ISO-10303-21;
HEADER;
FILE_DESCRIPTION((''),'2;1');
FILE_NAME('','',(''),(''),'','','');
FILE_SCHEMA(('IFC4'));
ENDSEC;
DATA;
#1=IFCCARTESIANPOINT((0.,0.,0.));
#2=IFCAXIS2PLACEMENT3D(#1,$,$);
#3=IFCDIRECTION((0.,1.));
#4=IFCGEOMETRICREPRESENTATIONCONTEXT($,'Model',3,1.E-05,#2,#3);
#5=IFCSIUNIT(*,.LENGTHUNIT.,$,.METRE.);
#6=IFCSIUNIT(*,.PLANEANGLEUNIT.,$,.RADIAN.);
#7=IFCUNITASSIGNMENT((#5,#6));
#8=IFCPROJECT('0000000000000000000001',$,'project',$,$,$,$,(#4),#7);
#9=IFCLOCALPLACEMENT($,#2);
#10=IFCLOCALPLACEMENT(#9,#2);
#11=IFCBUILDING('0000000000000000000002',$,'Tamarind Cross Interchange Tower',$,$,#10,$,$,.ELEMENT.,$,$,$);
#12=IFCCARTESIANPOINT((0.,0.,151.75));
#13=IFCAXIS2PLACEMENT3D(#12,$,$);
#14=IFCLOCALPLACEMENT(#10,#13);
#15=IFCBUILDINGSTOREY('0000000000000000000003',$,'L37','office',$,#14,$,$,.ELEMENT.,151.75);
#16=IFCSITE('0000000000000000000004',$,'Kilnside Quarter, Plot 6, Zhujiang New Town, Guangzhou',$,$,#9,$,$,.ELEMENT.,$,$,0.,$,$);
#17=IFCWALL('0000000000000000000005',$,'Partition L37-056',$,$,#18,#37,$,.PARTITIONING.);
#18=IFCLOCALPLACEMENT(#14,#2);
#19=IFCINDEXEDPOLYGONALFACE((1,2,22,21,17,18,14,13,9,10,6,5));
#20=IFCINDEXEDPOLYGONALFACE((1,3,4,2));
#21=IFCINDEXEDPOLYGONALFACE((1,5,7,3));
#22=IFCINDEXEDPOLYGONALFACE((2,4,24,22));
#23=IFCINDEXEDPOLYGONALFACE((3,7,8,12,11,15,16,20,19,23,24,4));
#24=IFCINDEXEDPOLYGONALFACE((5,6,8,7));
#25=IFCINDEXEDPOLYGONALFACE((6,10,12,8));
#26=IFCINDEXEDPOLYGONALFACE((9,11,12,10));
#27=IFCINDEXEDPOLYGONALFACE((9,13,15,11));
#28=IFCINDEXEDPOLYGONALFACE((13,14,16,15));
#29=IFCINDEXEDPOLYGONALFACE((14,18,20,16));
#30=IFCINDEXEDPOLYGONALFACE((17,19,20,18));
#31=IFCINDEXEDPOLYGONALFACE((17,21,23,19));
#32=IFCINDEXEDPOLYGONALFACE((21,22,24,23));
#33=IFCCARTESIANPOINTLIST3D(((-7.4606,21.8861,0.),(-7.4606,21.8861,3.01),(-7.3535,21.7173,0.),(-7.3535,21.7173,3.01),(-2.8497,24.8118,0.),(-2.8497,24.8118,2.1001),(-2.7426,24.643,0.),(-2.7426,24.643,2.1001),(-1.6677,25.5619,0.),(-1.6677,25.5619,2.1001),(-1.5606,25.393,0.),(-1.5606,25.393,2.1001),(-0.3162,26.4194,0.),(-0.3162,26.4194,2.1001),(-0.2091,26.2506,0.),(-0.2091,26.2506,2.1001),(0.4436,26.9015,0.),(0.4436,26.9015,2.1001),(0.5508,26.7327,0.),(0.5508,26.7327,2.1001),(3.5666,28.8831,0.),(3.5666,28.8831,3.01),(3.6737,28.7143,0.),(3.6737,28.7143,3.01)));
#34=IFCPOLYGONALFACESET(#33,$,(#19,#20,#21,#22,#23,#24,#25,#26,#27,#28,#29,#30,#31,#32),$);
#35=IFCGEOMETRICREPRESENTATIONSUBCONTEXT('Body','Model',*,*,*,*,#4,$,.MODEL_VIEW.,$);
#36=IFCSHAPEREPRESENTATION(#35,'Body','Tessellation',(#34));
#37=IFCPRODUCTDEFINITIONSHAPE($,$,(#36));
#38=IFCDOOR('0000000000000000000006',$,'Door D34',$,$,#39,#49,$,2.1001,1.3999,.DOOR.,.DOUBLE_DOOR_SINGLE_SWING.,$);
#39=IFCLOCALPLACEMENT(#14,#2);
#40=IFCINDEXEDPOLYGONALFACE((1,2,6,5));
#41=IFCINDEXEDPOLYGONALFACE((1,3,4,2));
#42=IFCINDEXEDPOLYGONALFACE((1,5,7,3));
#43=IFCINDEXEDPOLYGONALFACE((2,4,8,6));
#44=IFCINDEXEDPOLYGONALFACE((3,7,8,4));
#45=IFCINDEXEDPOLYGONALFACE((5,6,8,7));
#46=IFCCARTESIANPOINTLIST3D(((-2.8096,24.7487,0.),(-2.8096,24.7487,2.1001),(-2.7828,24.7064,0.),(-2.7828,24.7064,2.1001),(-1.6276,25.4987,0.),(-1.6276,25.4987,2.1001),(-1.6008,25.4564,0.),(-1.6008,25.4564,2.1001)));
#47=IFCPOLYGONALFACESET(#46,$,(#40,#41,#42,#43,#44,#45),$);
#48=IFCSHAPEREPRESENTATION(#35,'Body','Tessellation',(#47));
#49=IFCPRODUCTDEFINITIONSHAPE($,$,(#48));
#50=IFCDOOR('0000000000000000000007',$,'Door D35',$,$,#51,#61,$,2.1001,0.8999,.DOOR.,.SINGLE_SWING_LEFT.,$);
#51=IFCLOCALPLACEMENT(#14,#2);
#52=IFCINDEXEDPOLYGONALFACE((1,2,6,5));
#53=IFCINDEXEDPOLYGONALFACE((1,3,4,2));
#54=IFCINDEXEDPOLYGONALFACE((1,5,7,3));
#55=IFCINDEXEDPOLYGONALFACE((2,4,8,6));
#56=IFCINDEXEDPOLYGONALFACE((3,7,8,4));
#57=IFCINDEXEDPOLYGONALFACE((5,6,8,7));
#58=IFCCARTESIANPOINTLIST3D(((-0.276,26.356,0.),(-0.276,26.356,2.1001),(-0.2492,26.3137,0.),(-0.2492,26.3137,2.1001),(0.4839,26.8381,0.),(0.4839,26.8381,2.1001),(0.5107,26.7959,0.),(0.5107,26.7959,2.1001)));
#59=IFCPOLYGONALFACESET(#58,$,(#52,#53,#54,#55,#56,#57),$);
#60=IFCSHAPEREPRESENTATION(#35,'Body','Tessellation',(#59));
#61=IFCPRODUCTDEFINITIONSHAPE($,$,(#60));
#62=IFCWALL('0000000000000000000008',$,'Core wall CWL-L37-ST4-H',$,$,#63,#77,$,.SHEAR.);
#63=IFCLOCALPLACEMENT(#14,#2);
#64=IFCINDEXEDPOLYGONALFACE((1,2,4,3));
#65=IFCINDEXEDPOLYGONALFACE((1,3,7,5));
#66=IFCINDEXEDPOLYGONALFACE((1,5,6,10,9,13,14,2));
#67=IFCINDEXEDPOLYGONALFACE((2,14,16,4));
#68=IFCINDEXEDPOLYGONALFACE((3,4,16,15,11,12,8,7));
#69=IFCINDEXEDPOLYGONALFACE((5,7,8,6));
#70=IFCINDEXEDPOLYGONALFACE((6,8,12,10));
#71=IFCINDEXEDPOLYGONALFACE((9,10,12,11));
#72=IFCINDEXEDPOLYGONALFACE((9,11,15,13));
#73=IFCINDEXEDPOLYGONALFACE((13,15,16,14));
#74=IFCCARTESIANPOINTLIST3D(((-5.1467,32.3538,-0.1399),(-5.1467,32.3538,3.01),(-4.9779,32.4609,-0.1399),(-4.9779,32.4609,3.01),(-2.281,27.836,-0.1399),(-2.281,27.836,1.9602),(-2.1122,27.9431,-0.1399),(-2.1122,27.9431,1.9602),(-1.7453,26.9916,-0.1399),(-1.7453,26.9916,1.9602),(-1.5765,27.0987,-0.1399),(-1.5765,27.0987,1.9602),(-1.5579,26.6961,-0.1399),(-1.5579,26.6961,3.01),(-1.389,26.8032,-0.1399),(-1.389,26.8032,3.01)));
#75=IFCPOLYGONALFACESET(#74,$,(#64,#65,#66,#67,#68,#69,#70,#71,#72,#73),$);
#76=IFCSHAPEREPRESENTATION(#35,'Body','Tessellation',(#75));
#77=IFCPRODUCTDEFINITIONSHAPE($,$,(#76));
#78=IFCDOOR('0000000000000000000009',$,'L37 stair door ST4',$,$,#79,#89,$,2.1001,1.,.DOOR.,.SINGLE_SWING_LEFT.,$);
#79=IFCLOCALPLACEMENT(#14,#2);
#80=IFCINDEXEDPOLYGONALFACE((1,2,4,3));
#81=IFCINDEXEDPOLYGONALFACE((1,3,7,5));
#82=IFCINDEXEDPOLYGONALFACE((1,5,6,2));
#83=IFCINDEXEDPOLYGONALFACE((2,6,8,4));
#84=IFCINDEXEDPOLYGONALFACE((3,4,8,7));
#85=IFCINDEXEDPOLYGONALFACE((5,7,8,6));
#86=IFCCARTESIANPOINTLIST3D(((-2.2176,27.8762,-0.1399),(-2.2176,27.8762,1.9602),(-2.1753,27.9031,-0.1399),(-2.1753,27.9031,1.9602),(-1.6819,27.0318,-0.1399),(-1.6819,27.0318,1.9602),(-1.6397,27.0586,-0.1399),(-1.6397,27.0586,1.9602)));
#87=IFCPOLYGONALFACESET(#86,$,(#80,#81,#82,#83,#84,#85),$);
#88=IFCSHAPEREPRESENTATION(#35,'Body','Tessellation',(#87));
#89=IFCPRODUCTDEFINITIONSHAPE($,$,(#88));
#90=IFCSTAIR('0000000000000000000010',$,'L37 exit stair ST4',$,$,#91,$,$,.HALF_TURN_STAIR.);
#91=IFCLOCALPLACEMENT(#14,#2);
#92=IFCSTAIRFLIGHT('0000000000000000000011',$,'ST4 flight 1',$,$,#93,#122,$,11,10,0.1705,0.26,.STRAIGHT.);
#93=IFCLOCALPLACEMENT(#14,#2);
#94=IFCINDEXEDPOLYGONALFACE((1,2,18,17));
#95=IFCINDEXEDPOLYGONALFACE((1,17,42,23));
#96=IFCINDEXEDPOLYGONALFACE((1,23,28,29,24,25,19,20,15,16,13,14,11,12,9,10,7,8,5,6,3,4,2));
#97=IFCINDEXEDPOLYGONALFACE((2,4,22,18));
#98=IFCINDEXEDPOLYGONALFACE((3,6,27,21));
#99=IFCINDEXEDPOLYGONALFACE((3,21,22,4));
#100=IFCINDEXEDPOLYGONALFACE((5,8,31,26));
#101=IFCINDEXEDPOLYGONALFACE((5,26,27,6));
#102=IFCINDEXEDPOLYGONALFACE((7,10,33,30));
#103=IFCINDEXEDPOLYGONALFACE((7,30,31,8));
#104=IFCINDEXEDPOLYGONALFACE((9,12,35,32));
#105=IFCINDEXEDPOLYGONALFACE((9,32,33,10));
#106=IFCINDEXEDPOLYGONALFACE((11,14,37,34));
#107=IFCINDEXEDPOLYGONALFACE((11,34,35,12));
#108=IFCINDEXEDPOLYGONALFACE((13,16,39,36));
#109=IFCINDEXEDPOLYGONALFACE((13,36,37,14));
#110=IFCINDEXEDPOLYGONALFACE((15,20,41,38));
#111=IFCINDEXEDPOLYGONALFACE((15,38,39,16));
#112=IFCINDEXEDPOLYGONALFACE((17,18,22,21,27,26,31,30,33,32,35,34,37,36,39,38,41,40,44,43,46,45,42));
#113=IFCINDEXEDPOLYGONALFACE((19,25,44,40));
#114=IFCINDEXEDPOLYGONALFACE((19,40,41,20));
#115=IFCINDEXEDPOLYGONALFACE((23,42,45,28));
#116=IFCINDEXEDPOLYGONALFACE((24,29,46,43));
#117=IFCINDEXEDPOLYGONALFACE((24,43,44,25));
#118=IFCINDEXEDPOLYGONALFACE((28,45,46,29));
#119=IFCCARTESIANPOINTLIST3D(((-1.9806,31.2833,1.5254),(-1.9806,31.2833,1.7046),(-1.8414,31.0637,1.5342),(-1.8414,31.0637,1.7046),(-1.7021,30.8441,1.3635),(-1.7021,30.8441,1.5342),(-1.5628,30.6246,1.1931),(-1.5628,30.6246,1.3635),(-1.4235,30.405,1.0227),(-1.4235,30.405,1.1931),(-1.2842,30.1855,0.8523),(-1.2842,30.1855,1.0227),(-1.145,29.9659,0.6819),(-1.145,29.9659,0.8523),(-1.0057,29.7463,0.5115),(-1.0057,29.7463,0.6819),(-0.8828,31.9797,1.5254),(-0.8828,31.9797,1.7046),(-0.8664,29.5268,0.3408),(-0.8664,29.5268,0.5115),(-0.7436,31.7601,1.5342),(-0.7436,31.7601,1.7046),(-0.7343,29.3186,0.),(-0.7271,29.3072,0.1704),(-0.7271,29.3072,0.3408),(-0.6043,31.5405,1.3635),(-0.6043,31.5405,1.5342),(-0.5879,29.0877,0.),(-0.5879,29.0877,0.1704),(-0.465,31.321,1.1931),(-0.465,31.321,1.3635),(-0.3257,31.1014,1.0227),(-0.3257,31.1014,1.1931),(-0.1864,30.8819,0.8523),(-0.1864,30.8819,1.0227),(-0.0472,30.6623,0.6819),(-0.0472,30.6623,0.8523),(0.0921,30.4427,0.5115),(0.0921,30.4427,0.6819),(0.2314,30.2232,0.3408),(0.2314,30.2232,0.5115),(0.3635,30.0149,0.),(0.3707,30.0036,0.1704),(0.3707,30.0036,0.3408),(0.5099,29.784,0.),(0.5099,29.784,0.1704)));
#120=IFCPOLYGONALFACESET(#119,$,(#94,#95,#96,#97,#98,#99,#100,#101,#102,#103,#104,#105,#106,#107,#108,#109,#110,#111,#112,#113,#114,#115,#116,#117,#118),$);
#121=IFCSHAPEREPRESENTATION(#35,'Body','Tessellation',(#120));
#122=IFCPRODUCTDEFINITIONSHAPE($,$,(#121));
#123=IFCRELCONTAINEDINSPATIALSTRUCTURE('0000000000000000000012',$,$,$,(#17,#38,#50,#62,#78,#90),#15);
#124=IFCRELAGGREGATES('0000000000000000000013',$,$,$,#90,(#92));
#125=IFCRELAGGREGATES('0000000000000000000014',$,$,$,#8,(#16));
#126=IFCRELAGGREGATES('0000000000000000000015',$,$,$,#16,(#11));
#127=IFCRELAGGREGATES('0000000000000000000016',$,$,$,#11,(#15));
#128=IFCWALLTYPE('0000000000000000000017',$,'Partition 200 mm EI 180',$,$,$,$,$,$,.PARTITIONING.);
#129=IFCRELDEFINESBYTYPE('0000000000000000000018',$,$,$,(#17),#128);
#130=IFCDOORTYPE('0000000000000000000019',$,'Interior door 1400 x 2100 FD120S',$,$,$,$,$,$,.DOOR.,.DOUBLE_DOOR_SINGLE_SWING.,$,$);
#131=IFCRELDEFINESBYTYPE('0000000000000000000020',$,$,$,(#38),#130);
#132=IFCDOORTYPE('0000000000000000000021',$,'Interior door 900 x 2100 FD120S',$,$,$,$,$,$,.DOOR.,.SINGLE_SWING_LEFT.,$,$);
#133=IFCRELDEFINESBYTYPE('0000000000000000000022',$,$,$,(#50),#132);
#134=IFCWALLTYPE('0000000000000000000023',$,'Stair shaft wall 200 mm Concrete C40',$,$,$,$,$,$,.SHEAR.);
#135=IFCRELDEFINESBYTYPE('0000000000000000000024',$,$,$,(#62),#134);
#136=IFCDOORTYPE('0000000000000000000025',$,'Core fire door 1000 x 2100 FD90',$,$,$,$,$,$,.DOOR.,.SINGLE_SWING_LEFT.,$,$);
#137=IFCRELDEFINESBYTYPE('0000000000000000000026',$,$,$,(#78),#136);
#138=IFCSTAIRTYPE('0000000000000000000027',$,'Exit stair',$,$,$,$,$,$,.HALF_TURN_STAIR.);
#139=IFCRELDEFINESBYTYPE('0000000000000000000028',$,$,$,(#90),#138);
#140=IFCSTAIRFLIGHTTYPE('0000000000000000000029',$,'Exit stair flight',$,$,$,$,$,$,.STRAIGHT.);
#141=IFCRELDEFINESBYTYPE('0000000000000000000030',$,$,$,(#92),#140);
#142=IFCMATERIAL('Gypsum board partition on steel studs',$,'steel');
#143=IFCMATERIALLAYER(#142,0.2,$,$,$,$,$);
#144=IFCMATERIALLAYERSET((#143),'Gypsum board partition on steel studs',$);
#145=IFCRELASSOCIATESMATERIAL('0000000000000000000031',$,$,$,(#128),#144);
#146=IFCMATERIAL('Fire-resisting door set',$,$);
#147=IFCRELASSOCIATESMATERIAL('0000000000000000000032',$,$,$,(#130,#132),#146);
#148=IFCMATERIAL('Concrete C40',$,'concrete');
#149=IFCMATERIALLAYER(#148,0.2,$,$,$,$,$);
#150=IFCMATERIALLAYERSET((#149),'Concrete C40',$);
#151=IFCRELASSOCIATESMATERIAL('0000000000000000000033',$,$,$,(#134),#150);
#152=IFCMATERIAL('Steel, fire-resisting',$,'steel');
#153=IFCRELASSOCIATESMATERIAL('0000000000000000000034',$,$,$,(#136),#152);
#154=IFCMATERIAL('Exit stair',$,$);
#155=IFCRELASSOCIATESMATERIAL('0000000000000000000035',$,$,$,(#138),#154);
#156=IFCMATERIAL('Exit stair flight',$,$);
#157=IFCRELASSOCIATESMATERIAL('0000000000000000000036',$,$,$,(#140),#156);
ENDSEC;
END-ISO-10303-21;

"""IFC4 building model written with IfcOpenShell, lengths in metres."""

from ifc_helpers import new_model, si_unit, direction, frame, frame_2d, origin, place, context, subcontext, project, spatial, polyline, rectangle, outline, extrude, material, layer, layer_set, type_object, element, fill, aggregate, save


model = new_model("IFC4")

# Units and contexts
model_context = context("Model", 3, precision=1e-05, world=origin(), true_north=direction((0.0, 1.0)))
body_context = subcontext(model_context, "Body", "Model", "MODEL_VIEW")
ifc_project = project(units=[si_unit("LENGTHUNIT", "METRE"), si_unit("PLANEANGLEUNIT", "RADIAN")], contexts=[model_context])

# Site, building, storey
site_placement = place(None, origin())
site = spatial("IfcSite", under=ifc_project, at=site_placement, Name="Kilnside Quarter, Plot 6, Zhujiang New Town, Guangzhou", CompositionType="ELEMENT", RefElevation=0.0)
building_placement = place(site_placement, origin())
building = spatial("IfcBuilding", under=site, at=building_placement, Name="Tamarind Cross Interchange Tower", CompositionType="ELEMENT")
storey_placement = place(building_placement, frame((0.0, 0.0, 151.75)))
storey = spatial("IfcBuildingStorey", under=building, at=storey_placement, Name="L37", Description="office", CompositionType="ELEMENT", Elevation=151.75)

# Shared definitions
ifc_material_1 = material(Name="Gypsum board partition on steel studs", Category="steel")

# Shared definitions
ifc_material_2 = material(Name="Fire-resisting door set")

# Wall, openings, doors
ifc_layer_1 = layer(ifc_material_1, 0.2)
ifc_layer_set_1 = layer_set([ifc_layer_1], Name="Gypsum board partition on steel studs")
wall_type_1 = type_object("IfcWallType", Name="Partition 200 mm EI 180", PredefinedType="PARTITIONING", material=ifc_layer_set_1)
wall_1_placement = place(storey_placement, frame((-7.407, 21.8018, 0.0), z_axis=(0.0, 0.0, 1.0), x_axis=(0.844366, 0.535767, 0.0)))
wall_1 = element("IfcWall", 1, at=wall_1_placement, inside=storey, type_object=wall_type_1, Name="Partition L37-056", PredefinedType="PARTITIONING", context=body_context, shape_type="SweptSolid", body=[
    extrude(rectangle(XDim=13.0598, YDim=0.2, at=frame_2d((6.5298, 0.0))), origin(), (0.0, 0.0, 1.0), 3.01),
])
opening_1_placement = place(wall_1_placement, frame((5.4607, 0.0, 0.0)))
opening_1 = element("IfcOpeningElement", 2, at=opening_1_placement, cuts=wall_1, PredefinedType="OPENING", context=body_context, shape_type="SweptSolid", body=[
    extrude(rectangle(XDim=1.3999, YDim=2.1001, at=frame_2d((0.7, 1.05))), frame((0.0, 0.1099, 0.0), z_axis=(0.0, -1.0, 0.0), x_axis=(1.0, 0.0, 0.0)), (0.0, 0.0, 1.0), 0.22),
])
opening_2_placement = place(wall_1_placement, frame((8.4612, 0.0, 0.0)))
opening_2 = element("IfcOpeningElement", 3, at=opening_2_placement, cuts=wall_1, PredefinedType="OPENING", context=body_context, shape_type="SweptSolid", body=[
    extrude(rectangle(XDim=0.8999, YDim=2.1001, at=frame_2d((0.45, 1.05))), frame((0.0, 0.1099, 0.0), z_axis=(0.0, -1.0, 0.0), x_axis=(1.0, 0.0, 0.0)), (0.0, 0.0, 1.0), 0.22),
])
door_type_1 = type_object("IfcDoorType", Name="Interior door 1400 x 2100 FD120S", OperationType="DOUBLE_DOOR_SINGLE_SWING", PredefinedType="DOOR", material=ifc_material_2)
door_1_placement = place(opening_1_placement, frame((1.3999, 0.0, 0.0), z_axis=(0.0, 0.0, 1.0), x_axis=(-1.0, 0.0, 0.0)))
door_1 = element("IfcDoor", 4, at=door_1_placement, inside=storey, type_object=door_type_1, Name="Door D34", OperationType="DOUBLE_DOOR_SINGLE_SWING", OverallHeight=2.1001, OverallWidth=1.3999, PredefinedType="DOOR", context=body_context, shape_type="SweptSolid", body=[
    extrude(rectangle(XDim=1.3999, YDim=2.1001, at=frame_2d((0.7, 1.05))), frame((0.0, 0.0249, 0.0), z_axis=(0.0, -1.0, 0.0), x_axis=(1.0, 0.0, 0.0)), (0.0, 0.0, 1.0), 0.05),
])
fill(opening_1, door_1)
door_type_2 = type_object("IfcDoorType", Name="Interior door 900 x 2100 FD120S", OperationType="SINGLE_SWING_LEFT", PredefinedType="DOOR", material=ifc_material_2)
door_2_placement = place(opening_2_placement, origin())
door_2 = element("IfcDoor", 5, at=door_2_placement, inside=storey, type_object=door_type_2, Name="Door D35", OperationType="SINGLE_SWING_LEFT", OverallHeight=2.1001, OverallWidth=0.8999, PredefinedType="DOOR", context=body_context, shape_type="SweptSolid", body=[
    extrude(rectangle(XDim=0.8999, YDim=2.1001, at=frame_2d((0.45, 1.05))), frame((0.0, 0.0249, 0.0), z_axis=(0.0, -1.0, 0.0), x_axis=(1.0, 0.0, 0.0)), (0.0, 0.0, 1.0), 0.05),
])
fill(opening_2, door_2)

# Wall, opening, door
ifc_material_3 = material(Name="Concrete C40", Category="concrete")
ifc_layer_2 = layer(ifc_material_3, 0.2)
ifc_layer_set_2 = layer_set([ifc_layer_2], Name="Concrete C40")
wall_type_2 = type_object("IfcWallType", Name="Stair shaft wall 200 mm Concrete C40", PredefinedType="SHEAR", material=ifc_layer_set_2)
wall_2_placement = place(storey_placement, frame((-1.4734, 26.7495, -0.1399), z_axis=(0.0, 0.0, 1.0), x_axis=(-0.535654, 0.844438, 0.0)))
wall_2 = element("IfcWall", 6, at=wall_2_placement, inside=storey, type_object=wall_type_2, Name="Core wall CWL-L37-ST4-H", PredefinedType="SHEAR", context=body_context, shape_type="SweptSolid", body=[
    extrude(rectangle(XDim=6.7, YDim=0.2, at=frame_2d((3.3501, 0.0))), origin(), (0.0, 0.0, 1.0), 3.1499),
])
opening_3_placement = place(wall_2_placement, frame((0.3501, 0.0, 0.0)))
opening_3 = element("IfcOpeningElement", 7, at=opening_3_placement, cuts=wall_2, PredefinedType="OPENING", context=body_context, shape_type="SweptSolid", body=[
    extrude(rectangle(XDim=1.0, YDim=2.1001, at=frame_2d((0.5, 1.05))), frame((0.0, 0.1099, 0.0), z_axis=(0.0, -1.0, 0.0), x_axis=(1.0, 0.0, 0.0)), (0.0, 0.0, 1.0), 0.22),
])
ifc_material_4 = material(Name="Steel, fire-resisting", Category="steel")
door_type_3 = type_object("IfcDoorType", Name="Core fire door 1000 x 2100 FD90", OperationType="SINGLE_SWING_LEFT", PredefinedType="DOOR", material=ifc_material_4)
door_3_placement = place(opening_3_placement, origin())
door_3 = element("IfcDoor", 8, at=door_3_placement, inside=storey, type_object=door_type_3, Name="L37 stair door ST4", OperationType="SINGLE_SWING_LEFT", OverallHeight=2.1001, OverallWidth=1.0, PredefinedType="DOOR", context=body_context, shape_type="SweptSolid", body=[
    extrude(rectangle(XDim=1.0, YDim=2.1001, at=frame_2d((0.5, 1.05))), frame((0.0, 0.0249, 0.0), z_axis=(0.0, -1.0, 0.0), x_axis=(1.0, 0.0, 0.0)), (0.0, 0.0, 1.0), 0.05),
])
fill(opening_3, door_3)

# Stair, stair flight
ifc_material_5 = material(Name="Exit stair")
stair_type = type_object("IfcStairType", Name="Exit stair", PredefinedType="HALF_TURN_STAIR", material=ifc_material_5)
stair_placement = place(storey_placement, origin())
stair = element("IfcStair", 9, at=stair_placement, inside=storey, type_object=stair_type, Name="L37 exit stair ST4", PredefinedType="HALF_TURN_STAIR")
ifc_material_6 = material(Name="Exit stair flight")
stair_flight_type = type_object("IfcStairFlightType", Name="Exit stair flight", PredefinedType="STRAIGHT", material=ifc_material_6)
stair_flight_placement = place(storey_placement, frame((-0.0391, 29.4358, 0.0), z_axis=(0.0, 0.0, 1.0), x_axis=(-0.535662, 0.844433, 0.0)))
stair_flight = element("IfcStairFlight", 10, at=stair_flight_placement, type_object=stair_flight_type, Name="ST4 flight 1", NumberOfRisers=11, NumberOfTreads=10, PredefinedType="STRAIGHT", RiserHeight=0.1705, TreadLength=0.26, context=body_context, shape_type="SweptSolid", body=[
    extrude(outline(polyline([(0.0, 0.0), (0.0, 0.1704), (0.26, 0.1704), (0.26, 0.3408), (0.52, 0.3408), (0.52, 0.5115), (0.78, 0.5115), (0.78, 0.6819), (1.04, 0.6819), (1.04, 0.8523), (1.3, 0.8523), (1.3, 1.0227), (1.5601, 1.0227), (1.5601, 1.1931), (1.8201, 1.1931), (1.8201, 1.3635), (2.0801, 1.3635), (2.0801, 1.5342), (2.3401, 1.5342), (2.3401, 1.7046), (2.6001, 1.7046), (2.6001, 1.875), (2.6001, 1.5254), (0.2734, 0.0), (0.0, 0.0)])), frame((0.0, 0.6499, 0.0), z_axis=(0.0, -1.0, 0.0), x_axis=(1.0, 0.0, 0.0)), (0.0, 0.0, 1.0), 1.3),
])
aggregate(stair, [stair_flight])

save(model, "model.ifc")
